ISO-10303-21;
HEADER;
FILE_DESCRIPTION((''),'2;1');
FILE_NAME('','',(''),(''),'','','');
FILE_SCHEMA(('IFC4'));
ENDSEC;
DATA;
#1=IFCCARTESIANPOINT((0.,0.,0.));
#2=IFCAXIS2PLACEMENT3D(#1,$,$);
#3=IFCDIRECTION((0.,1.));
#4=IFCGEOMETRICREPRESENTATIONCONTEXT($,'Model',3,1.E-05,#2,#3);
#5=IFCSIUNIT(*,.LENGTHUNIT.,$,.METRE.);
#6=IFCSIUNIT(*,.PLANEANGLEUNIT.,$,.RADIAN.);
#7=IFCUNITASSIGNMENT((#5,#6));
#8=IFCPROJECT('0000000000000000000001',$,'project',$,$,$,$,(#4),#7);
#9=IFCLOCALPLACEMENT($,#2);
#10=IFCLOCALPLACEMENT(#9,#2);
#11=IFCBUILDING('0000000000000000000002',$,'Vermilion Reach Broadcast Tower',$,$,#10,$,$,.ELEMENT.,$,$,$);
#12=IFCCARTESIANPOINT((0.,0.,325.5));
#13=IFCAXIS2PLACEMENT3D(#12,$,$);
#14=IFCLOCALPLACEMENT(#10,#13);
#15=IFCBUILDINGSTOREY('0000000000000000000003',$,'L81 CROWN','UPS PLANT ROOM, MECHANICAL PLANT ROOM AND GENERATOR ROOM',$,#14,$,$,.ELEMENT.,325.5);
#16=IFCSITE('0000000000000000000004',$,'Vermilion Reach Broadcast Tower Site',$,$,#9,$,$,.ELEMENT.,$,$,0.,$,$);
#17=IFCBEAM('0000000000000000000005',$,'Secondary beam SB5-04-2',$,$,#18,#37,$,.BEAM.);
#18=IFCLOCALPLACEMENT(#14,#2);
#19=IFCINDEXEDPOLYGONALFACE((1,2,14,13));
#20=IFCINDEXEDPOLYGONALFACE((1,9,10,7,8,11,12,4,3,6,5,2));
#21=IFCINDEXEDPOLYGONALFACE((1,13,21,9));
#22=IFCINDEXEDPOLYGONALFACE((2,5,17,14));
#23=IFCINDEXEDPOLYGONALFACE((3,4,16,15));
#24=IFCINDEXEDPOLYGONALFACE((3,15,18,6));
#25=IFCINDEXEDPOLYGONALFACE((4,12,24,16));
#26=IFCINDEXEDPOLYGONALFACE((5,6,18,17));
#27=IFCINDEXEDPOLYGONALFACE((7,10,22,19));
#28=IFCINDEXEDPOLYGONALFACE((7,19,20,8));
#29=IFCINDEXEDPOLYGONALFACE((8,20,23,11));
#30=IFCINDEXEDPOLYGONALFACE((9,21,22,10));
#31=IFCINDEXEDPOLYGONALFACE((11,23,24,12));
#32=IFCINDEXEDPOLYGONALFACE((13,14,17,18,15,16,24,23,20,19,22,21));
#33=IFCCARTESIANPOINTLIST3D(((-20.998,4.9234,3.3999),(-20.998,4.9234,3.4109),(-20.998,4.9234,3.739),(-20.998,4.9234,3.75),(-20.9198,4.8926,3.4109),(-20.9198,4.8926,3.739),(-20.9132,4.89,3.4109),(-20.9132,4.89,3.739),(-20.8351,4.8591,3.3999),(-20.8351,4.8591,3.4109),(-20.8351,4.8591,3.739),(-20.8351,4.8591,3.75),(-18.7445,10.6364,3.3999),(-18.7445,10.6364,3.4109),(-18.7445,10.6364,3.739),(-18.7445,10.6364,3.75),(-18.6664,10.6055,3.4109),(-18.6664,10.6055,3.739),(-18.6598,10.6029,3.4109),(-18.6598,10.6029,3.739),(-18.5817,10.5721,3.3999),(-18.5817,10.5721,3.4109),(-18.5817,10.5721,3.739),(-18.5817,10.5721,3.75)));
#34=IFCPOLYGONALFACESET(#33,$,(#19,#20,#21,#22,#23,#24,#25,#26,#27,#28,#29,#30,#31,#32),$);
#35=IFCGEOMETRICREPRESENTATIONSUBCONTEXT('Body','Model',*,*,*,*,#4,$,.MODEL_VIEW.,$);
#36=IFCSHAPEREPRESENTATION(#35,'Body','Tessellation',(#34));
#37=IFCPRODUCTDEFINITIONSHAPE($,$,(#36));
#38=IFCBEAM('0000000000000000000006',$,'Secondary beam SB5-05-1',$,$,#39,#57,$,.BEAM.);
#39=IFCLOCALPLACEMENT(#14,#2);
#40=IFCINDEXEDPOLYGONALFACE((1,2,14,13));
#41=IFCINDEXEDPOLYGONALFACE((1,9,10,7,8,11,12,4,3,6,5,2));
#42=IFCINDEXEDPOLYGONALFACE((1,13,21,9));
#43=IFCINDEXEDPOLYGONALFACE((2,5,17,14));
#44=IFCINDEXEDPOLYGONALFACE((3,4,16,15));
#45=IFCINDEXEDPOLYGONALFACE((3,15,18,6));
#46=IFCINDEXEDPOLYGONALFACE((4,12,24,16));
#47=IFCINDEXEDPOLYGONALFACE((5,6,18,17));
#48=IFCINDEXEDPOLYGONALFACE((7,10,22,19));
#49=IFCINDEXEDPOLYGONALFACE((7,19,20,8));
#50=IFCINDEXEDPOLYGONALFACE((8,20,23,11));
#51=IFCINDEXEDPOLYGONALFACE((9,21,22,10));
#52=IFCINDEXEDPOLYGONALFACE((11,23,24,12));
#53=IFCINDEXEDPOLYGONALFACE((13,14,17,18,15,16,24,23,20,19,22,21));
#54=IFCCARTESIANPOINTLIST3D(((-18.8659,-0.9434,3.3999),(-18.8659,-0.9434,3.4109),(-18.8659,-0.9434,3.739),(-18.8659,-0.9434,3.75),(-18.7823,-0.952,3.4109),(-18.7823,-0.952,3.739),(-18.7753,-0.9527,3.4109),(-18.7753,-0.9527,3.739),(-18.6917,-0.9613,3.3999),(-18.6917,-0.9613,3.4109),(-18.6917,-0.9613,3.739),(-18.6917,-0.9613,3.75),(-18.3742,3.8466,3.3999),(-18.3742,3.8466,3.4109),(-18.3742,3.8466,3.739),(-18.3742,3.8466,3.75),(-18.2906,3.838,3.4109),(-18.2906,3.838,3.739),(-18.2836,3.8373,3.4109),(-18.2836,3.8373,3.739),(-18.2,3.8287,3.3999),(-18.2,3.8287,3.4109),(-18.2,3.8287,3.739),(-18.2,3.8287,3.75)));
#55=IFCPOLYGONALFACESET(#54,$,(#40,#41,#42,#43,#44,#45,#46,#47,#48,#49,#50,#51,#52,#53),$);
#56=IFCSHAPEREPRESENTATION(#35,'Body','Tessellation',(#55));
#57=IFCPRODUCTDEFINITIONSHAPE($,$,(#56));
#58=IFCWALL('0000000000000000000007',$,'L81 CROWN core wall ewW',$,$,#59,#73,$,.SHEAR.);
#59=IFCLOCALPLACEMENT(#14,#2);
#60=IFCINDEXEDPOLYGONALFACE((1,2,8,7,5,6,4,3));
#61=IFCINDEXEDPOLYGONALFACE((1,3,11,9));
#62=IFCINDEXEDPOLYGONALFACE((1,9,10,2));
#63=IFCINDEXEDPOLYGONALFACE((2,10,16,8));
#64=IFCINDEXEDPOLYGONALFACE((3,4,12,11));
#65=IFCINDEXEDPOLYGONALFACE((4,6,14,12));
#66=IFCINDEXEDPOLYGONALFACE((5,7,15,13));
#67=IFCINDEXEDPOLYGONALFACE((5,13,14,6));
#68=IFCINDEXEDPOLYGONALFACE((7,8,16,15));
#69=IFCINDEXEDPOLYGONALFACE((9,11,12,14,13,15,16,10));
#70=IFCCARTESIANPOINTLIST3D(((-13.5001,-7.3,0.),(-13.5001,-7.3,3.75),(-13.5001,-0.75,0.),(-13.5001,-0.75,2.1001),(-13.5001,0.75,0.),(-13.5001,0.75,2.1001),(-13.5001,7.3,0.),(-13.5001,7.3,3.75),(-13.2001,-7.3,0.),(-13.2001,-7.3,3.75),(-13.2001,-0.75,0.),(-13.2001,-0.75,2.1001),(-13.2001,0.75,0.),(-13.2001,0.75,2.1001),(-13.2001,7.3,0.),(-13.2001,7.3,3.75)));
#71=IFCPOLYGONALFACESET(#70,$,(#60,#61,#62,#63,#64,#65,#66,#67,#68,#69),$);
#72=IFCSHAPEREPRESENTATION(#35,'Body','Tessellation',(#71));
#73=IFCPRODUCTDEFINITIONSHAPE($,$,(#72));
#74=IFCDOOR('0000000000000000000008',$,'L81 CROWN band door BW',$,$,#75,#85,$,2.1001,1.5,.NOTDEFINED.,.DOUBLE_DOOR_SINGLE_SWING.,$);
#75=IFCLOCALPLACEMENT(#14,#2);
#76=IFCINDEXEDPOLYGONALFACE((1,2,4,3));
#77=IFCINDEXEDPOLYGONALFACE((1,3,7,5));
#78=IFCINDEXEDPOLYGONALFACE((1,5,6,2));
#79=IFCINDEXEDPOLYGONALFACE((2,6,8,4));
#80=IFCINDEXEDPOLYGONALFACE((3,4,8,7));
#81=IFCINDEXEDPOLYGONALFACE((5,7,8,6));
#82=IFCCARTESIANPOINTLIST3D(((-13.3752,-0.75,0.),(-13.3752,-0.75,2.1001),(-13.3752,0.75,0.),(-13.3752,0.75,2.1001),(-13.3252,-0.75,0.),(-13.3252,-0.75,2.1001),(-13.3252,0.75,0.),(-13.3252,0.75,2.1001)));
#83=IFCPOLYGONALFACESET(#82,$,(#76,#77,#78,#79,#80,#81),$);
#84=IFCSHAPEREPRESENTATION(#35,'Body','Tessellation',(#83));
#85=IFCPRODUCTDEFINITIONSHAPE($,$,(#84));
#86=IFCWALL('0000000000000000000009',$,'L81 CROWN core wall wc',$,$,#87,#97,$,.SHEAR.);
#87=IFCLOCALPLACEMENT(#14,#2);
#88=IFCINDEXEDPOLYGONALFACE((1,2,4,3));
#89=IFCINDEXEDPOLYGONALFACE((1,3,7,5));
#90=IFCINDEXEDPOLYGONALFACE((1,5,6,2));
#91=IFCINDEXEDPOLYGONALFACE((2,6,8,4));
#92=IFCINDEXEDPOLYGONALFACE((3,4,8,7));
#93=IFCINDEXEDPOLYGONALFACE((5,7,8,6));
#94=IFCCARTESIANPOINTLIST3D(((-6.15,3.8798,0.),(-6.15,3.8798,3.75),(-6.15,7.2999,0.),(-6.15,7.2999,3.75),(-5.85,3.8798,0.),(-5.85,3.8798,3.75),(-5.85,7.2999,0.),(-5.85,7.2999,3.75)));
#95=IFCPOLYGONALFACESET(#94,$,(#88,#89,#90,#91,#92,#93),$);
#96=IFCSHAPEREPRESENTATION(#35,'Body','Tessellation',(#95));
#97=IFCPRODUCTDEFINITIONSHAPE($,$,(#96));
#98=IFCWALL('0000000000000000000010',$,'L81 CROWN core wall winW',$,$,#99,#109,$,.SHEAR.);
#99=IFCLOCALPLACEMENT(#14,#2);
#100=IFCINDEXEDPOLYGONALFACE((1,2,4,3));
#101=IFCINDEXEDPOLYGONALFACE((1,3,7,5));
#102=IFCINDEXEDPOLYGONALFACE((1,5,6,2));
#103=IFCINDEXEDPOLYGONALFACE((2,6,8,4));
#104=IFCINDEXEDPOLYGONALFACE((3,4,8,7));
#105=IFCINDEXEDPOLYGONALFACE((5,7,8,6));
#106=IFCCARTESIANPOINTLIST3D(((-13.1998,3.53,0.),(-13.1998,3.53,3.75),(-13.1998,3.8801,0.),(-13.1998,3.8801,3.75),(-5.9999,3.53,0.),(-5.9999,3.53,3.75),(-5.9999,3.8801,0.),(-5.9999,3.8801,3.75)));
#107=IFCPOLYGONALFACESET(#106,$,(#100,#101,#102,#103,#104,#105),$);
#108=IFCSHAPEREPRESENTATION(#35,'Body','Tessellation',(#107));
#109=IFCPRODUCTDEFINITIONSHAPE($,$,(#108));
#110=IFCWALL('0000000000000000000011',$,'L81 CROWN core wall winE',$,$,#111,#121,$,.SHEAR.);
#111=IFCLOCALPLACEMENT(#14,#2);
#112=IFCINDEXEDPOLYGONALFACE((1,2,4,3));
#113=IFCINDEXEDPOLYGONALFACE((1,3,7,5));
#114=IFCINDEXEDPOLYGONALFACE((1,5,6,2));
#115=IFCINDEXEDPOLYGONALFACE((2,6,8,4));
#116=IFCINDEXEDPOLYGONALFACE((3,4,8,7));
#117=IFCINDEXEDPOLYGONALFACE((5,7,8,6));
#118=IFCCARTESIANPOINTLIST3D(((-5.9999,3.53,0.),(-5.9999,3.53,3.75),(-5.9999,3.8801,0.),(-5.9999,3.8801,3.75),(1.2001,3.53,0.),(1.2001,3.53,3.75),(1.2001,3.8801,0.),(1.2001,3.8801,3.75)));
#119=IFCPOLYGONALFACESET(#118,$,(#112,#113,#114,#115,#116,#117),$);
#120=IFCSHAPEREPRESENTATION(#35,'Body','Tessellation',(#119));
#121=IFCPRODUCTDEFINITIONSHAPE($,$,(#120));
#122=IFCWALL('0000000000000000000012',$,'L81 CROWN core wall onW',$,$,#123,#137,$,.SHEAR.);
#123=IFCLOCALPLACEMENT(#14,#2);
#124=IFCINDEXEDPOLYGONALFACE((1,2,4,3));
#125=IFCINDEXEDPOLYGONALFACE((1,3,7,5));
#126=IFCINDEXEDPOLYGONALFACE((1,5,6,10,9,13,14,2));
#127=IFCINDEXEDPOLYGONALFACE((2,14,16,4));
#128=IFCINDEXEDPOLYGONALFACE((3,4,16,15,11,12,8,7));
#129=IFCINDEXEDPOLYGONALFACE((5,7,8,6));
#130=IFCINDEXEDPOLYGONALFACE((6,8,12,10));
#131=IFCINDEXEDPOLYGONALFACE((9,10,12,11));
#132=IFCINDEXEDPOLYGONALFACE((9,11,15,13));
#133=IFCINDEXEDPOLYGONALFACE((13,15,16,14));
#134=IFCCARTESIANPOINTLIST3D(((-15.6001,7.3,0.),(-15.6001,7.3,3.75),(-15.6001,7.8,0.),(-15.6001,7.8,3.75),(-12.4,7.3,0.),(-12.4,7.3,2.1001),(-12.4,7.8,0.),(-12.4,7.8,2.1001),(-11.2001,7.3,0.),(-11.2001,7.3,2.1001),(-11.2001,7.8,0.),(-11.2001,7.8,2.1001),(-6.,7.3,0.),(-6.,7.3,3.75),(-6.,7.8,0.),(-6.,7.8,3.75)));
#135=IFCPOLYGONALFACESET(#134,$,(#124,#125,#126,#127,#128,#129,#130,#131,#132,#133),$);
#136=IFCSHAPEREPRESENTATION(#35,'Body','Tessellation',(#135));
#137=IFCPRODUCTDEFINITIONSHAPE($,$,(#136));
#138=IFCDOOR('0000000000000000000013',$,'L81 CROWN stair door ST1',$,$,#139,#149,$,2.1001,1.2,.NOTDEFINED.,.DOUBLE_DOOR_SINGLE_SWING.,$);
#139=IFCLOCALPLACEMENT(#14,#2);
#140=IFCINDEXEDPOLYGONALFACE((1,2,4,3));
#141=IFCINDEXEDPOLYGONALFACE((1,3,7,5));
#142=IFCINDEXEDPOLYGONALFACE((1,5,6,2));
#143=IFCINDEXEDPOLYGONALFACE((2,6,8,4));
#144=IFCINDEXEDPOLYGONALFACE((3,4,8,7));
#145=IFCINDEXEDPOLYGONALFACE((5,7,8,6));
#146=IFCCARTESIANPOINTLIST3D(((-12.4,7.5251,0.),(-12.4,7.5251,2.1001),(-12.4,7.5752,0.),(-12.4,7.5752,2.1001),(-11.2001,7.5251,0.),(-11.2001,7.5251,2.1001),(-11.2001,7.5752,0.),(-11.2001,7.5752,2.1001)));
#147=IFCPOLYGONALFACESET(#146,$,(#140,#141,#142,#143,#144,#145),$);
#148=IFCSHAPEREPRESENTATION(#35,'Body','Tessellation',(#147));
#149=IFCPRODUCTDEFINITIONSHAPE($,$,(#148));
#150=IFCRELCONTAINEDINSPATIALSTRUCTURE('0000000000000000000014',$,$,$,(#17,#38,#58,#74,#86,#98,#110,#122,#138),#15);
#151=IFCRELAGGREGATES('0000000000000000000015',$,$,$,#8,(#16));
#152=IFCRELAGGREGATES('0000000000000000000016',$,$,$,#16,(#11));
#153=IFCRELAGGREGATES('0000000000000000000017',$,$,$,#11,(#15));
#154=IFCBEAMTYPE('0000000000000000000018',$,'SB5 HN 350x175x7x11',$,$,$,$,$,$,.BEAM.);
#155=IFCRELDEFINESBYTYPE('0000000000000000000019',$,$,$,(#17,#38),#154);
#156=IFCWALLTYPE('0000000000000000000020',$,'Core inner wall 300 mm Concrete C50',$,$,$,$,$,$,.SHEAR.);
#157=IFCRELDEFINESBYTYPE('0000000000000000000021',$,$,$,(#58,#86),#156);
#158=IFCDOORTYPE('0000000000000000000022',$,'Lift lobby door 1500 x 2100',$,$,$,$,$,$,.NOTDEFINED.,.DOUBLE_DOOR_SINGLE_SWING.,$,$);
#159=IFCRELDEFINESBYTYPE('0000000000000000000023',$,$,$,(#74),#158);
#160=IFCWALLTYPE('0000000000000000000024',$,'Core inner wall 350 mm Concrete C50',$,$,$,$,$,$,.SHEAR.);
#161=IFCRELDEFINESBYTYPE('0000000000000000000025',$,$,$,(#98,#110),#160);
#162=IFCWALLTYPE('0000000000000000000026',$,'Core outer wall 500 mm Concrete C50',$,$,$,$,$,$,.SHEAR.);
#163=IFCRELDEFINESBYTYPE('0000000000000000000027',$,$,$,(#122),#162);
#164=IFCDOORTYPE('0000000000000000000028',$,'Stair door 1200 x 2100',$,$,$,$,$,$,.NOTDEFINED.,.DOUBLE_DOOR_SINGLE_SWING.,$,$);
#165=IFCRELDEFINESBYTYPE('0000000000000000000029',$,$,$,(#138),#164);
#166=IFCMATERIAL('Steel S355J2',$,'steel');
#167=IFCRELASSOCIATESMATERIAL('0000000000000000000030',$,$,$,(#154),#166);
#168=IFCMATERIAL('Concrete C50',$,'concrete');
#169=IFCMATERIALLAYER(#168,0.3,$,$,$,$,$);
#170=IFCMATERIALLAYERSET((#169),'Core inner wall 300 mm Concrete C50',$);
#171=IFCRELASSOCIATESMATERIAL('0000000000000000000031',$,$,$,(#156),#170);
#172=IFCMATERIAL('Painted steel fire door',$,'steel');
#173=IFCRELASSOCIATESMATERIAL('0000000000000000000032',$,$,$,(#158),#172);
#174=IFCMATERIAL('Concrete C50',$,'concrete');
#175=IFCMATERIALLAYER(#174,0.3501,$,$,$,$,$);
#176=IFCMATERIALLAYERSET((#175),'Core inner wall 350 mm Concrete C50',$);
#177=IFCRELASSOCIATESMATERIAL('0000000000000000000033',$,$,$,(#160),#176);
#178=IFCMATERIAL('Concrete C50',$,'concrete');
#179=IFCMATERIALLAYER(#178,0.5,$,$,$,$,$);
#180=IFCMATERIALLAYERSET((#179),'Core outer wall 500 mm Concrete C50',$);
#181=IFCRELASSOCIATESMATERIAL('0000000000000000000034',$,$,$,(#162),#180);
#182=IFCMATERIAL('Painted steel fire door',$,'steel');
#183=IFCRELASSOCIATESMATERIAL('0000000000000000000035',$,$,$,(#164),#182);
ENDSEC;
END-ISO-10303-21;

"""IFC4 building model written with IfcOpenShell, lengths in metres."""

from ifc_helpers import new_model, si_unit, direction, frame, frame_2d, origin, origin_2d, place, context, subcontext, project, spatial, rectangle, i_section, extrude, material, layer, layer_set, material_profile, profile_set, type_object, element, fill, save


model = new_model("IFC4")

# Units and contexts
model_context = context("Model", 3, precision=1e-05, world=origin(), true_north=direction((0.0, 1.0)))
body_context = subcontext(model_context, "Body", "Model", "MODEL_VIEW")
ifc_project = project(units=[si_unit("LENGTHUNIT", "METRE"), si_unit("PLANEANGLEUNIT", "RADIAN")], contexts=[model_context])

# Site, building, storey
site_placement = place(None, origin())
site = spatial("IfcSite", under=ifc_project, at=site_placement, Name="Vermilion Reach Broadcast Tower Site", CompositionType="ELEMENT", RefElevation=0.0)
building_placement = place(site_placement, origin())
building = spatial("IfcBuilding", under=site, at=building_placement, Name="Vermilion Reach Broadcast Tower", CompositionType="ELEMENT")
storey_placement = place(building_placement, frame((0.0, 0.0, 325.5)))
storey = spatial("IfcBuildingStorey", under=building, at=storey_placement, Name="L81 CROWN", Description="UPS PLANT ROOM, MECHANICAL PLANT ROOM AND GENERATOR ROOM", CompositionType="ELEMENT", Elevation=325.5)

# Beams
ifc_material_1 = material(Name="Steel S355J2", Category="steel")
ifc_material_profile_1 = material_profile(ifc_material_1, i_section(OverallWidth=0.175, OverallDepth=0.3501, WebThickness=0.0071, FlangeThickness=0.011, at=origin_2d()), Name="S355J2 HN 350x175x7x11")
ifc_profile_set_1 = profile_set([ifc_material_profile_1], Name="Steel S355J2")
beam_type_1 = type_object("IfcBeamType", Name="SB5 HN 350x175x7x11", PredefinedType="BEAM", material=ifc_profile_set_1)
beam_1_placement = place(storey_placement, frame((-18.6631, 10.6042, 3.575), z_axis=(-0.366931, -0.930248, 0.0), x_axis=(0.930248, -0.366931, 0.0)))
element("IfcBeam", 1, at=beam_1_placement, inside=storey, type_object=beam_type_1, Name="Secondary beam SB5-04-2", PredefinedType="BEAM", context=body_context, shape_type="SweptSolid", body=[
    extrude(i_section(OverallWidth=0.175, OverallDepth=0.3501, WebThickness=0.0071, FlangeThickness=0.011, at=origin_2d()), origin(), (0.0, 0.0, 1.0), 6.1414),
])
beam_2_placement = place(storey_placement, frame((-18.2871, 3.8376, 3.575), z_axis=(-0.102114, -0.994773, 0.0), x_axis=(0.994773, -0.102114, 0.0)))
element("IfcBeam", 2, at=beam_2_placement, inside=storey, type_object=beam_type_1, Name="Secondary beam SB5-05-1", PredefinedType="BEAM", context=body_context, shape_type="SweptSolid", body=[
    extrude(i_section(OverallWidth=0.175, OverallDepth=0.3501, WebThickness=0.0071, FlangeThickness=0.011, at=origin_2d()), origin(), (0.0, 0.0, 1.0), 4.8152),
])

# Wall, opening, door
ifc_material_2 = material(Name="Concrete C50", Category="concrete")
ifc_layer_1 = layer(ifc_material_2, 0.3)
ifc_layer_set_1 = layer_set([ifc_layer_1], Name="Core inner wall 300 mm Concrete C50")
wall_type_1 = type_object("IfcWallType", Name="Core inner wall 300 mm Concrete C50", PredefinedType="SHEAR", material=ifc_layer_set_1)
wall_1_placement = place(storey_placement, frame((-13.3501, 7.3, 0.0), z_axis=(0.0, 0.0, 1.0), x_axis=(0.0, -1.0, 0.0)))
wall_1 = element("IfcWall", 3, at=wall_1_placement, inside=storey, type_object=wall_type_1, Name="L81 CROWN core wall ewW", PredefinedType="SHEAR", context=body_context, shape_type="SweptSolid", body=[
    extrude(rectangle(XDim=14.6001, YDim=0.3, at=frame_2d((7.3, 0.0))), origin(), (0.0, 0.0, 1.0), 3.75),
])
opening_1_placement = place(wall_1_placement, frame((6.55, 0.0, 0.0)))
opening_1 = element("IfcOpeningElement", 4, at=opening_1_placement, cuts=wall_1, PredefinedType="OPENING", context=body_context, shape_type="SweptSolid", body=[
    extrude(rectangle(XDim=1.5, YDim=2.1001, at=frame_2d((0.75, 1.05))), frame((0.0, 0.1599, 0.0), z_axis=(0.0, -1.0, 0.0), x_axis=(1.0, 0.0, 0.0)), (0.0, 0.0, 1.0), 0.3201),
])
ifc_material_3 = material(Name="Painted steel fire door", Category="steel")
door_type_1 = type_object("IfcDoorType", Name="Lift lobby door 1500 x 2100", OperationType="DOUBLE_DOOR_SINGLE_SWING", PredefinedType="NOTDEFINED", material=ifc_material_3)
door_1_placement = place(opening_1_placement, origin())
door_1 = element("IfcDoor", 5, at=door_1_placement, inside=storey, type_object=door_type_1, Name="L81 CROWN band door BW", OperationType="DOUBLE_DOOR_SINGLE_SWING", OverallHeight=2.1001, OverallWidth=1.5, PredefinedType="NOTDEFINED", context=body_context, shape_type="SweptSolid", body=[
    extrude(rectangle(XDim=1.5, YDim=2.1001, at=frame_2d((0.75, 1.05))), frame((0.0, 0.0249, 0.0), z_axis=(0.0, -1.0, 0.0), x_axis=(1.0, 0.0, 0.0)), (0.0, 0.0, 1.0), 0.05),
])
fill(opening_1, door_1)

# Walls
wall_2_placement = place(storey_placement, frame((-6.0, 3.8799, 0.0), z_axis=(0.0, 0.0, 1.0), x_axis=(0.0, 1.0, 0.0)))
element("IfcWall", 6, at=wall_2_placement, inside=storey, type_object=wall_type_1, Name="L81 CROWN core wall wc", PredefinedType="SHEAR", context=body_context, shape_type="SweptSolid", body=[
    extrude(rectangle(XDim=3.4202, YDim=0.3, at=frame_2d((1.71, 0.0))), origin(), (0.0, 0.0, 1.0), 3.75),
])
ifc_material_4 = material(Name="Concrete C50", Category="concrete")
ifc_layer_2 = layer(ifc_material_4, 0.3501)
ifc_layer_set_2 = layer_set([ifc_layer_2], Name="Core inner wall 350 mm Concrete C50")
wall_type_2 = type_object("IfcWallType", Name="Core inner wall 350 mm Concrete C50", PredefinedType="SHEAR", material=ifc_layer_set_2)
for number, where, z_axis, x_axis, name in (
    (7, (-13.2, 3.7051, 0.0), (0.0, 0.0, 1.0), (1.0, 0.0, 0.0), "L81 CROWN core wall winW"),
    (8, (-6.0, 3.7051, 0.0), (0.0, 0.0, 1.0), (1.0, 0.0, 0.0), "L81 CROWN core wall winE"),
):
    element("IfcWall", number, at=place(storey_placement, frame(where, z_axis=z_axis, x_axis=x_axis)), inside=storey, type_object=wall_type_2, Name=name, PredefinedType="SHEAR", context=body_context, shape_type="SweptSolid", body=[
        extrude(rectangle(XDim=7.2, YDim=0.3501, at=frame_2d((3.6001, 0.0))), origin(), (0.0, 0.0, 1.0), 3.75),
    ])

# Wall, opening, door
ifc_material_5 = material(Name="Concrete C50", Category="concrete")
ifc_layer_3 = layer(ifc_material_5, 0.5)
ifc_layer_set_3 = layer_set([ifc_layer_3], Name="Core outer wall 500 mm Concrete C50")
wall_type_3 = type_object("IfcWallType", Name="Core outer wall 500 mm Concrete C50", PredefinedType="SHEAR", material=ifc_layer_set_3)
wall_3_placement = place(storey_placement, frame((-6.0, 7.55, 0.0), z_axis=(0.0, 0.0, 1.0), x_axis=(-1.0, 0.0, 0.0)))
wall_3 = element("IfcWall", 9, at=wall_3_placement, inside=storey, type_object=wall_type_3, Name="L81 CROWN core wall onW", PredefinedType="SHEAR", context=body_context, shape_type="SweptSolid", body=[
    extrude(rectangle(XDim=9.6001, YDim=0.5, at=frame_2d((4.8, 0.0))), origin(), (0.0, 0.0, 1.0), 3.75),
])
opening_2_placement = place(wall_3_placement, frame((5.2, 0.0, 0.0)))
opening_2 = element("IfcOpeningElement", 10, at=opening_2_placement, cuts=wall_3, PredefinedType="OPENING", context=body_context, shape_type="SweptSolid", body=[
    extrude(rectangle(XDim=1.2, YDim=2.1001, at=frame_2d((0.6001, 1.05))), frame((0.0, 0.26, 0.0), z_axis=(0.0, -1.0, 0.0), x_axis=(1.0, 0.0, 0.0)), (0.0, 0.0, 1.0), 0.52),
])
ifc_material_6 = material(Name="Painted steel fire door", Category="steel")
door_type_2 = type_object("IfcDoorType", Name="Stair door 1200 x 2100", OperationType="DOUBLE_DOOR_SINGLE_SWING", PredefinedType="NOTDEFINED", material=ifc_material_6)
door_2_placement = place(opening_2_placement, origin())
door_2 = element("IfcDoor", 11, at=door_2_placement, inside=storey, type_object=door_type_2, Name="L81 CROWN stair door ST1", OperationType="DOUBLE_DOOR_SINGLE_SWING", OverallHeight=2.1001, OverallWidth=1.2, PredefinedType="NOTDEFINED", context=body_context, shape_type="SweptSolid", body=[
    extrude(rectangle(XDim=1.2, YDim=2.1001, at=frame_2d((0.6001, 1.05))), frame((0.0, 0.0249, 0.0), z_axis=(0.0, -1.0, 0.0), x_axis=(1.0, 0.0, 0.0)), (0.0, 0.0, 1.0), 0.05),
])
fill(opening_2, door_2)

save(model, "model.ifc")
